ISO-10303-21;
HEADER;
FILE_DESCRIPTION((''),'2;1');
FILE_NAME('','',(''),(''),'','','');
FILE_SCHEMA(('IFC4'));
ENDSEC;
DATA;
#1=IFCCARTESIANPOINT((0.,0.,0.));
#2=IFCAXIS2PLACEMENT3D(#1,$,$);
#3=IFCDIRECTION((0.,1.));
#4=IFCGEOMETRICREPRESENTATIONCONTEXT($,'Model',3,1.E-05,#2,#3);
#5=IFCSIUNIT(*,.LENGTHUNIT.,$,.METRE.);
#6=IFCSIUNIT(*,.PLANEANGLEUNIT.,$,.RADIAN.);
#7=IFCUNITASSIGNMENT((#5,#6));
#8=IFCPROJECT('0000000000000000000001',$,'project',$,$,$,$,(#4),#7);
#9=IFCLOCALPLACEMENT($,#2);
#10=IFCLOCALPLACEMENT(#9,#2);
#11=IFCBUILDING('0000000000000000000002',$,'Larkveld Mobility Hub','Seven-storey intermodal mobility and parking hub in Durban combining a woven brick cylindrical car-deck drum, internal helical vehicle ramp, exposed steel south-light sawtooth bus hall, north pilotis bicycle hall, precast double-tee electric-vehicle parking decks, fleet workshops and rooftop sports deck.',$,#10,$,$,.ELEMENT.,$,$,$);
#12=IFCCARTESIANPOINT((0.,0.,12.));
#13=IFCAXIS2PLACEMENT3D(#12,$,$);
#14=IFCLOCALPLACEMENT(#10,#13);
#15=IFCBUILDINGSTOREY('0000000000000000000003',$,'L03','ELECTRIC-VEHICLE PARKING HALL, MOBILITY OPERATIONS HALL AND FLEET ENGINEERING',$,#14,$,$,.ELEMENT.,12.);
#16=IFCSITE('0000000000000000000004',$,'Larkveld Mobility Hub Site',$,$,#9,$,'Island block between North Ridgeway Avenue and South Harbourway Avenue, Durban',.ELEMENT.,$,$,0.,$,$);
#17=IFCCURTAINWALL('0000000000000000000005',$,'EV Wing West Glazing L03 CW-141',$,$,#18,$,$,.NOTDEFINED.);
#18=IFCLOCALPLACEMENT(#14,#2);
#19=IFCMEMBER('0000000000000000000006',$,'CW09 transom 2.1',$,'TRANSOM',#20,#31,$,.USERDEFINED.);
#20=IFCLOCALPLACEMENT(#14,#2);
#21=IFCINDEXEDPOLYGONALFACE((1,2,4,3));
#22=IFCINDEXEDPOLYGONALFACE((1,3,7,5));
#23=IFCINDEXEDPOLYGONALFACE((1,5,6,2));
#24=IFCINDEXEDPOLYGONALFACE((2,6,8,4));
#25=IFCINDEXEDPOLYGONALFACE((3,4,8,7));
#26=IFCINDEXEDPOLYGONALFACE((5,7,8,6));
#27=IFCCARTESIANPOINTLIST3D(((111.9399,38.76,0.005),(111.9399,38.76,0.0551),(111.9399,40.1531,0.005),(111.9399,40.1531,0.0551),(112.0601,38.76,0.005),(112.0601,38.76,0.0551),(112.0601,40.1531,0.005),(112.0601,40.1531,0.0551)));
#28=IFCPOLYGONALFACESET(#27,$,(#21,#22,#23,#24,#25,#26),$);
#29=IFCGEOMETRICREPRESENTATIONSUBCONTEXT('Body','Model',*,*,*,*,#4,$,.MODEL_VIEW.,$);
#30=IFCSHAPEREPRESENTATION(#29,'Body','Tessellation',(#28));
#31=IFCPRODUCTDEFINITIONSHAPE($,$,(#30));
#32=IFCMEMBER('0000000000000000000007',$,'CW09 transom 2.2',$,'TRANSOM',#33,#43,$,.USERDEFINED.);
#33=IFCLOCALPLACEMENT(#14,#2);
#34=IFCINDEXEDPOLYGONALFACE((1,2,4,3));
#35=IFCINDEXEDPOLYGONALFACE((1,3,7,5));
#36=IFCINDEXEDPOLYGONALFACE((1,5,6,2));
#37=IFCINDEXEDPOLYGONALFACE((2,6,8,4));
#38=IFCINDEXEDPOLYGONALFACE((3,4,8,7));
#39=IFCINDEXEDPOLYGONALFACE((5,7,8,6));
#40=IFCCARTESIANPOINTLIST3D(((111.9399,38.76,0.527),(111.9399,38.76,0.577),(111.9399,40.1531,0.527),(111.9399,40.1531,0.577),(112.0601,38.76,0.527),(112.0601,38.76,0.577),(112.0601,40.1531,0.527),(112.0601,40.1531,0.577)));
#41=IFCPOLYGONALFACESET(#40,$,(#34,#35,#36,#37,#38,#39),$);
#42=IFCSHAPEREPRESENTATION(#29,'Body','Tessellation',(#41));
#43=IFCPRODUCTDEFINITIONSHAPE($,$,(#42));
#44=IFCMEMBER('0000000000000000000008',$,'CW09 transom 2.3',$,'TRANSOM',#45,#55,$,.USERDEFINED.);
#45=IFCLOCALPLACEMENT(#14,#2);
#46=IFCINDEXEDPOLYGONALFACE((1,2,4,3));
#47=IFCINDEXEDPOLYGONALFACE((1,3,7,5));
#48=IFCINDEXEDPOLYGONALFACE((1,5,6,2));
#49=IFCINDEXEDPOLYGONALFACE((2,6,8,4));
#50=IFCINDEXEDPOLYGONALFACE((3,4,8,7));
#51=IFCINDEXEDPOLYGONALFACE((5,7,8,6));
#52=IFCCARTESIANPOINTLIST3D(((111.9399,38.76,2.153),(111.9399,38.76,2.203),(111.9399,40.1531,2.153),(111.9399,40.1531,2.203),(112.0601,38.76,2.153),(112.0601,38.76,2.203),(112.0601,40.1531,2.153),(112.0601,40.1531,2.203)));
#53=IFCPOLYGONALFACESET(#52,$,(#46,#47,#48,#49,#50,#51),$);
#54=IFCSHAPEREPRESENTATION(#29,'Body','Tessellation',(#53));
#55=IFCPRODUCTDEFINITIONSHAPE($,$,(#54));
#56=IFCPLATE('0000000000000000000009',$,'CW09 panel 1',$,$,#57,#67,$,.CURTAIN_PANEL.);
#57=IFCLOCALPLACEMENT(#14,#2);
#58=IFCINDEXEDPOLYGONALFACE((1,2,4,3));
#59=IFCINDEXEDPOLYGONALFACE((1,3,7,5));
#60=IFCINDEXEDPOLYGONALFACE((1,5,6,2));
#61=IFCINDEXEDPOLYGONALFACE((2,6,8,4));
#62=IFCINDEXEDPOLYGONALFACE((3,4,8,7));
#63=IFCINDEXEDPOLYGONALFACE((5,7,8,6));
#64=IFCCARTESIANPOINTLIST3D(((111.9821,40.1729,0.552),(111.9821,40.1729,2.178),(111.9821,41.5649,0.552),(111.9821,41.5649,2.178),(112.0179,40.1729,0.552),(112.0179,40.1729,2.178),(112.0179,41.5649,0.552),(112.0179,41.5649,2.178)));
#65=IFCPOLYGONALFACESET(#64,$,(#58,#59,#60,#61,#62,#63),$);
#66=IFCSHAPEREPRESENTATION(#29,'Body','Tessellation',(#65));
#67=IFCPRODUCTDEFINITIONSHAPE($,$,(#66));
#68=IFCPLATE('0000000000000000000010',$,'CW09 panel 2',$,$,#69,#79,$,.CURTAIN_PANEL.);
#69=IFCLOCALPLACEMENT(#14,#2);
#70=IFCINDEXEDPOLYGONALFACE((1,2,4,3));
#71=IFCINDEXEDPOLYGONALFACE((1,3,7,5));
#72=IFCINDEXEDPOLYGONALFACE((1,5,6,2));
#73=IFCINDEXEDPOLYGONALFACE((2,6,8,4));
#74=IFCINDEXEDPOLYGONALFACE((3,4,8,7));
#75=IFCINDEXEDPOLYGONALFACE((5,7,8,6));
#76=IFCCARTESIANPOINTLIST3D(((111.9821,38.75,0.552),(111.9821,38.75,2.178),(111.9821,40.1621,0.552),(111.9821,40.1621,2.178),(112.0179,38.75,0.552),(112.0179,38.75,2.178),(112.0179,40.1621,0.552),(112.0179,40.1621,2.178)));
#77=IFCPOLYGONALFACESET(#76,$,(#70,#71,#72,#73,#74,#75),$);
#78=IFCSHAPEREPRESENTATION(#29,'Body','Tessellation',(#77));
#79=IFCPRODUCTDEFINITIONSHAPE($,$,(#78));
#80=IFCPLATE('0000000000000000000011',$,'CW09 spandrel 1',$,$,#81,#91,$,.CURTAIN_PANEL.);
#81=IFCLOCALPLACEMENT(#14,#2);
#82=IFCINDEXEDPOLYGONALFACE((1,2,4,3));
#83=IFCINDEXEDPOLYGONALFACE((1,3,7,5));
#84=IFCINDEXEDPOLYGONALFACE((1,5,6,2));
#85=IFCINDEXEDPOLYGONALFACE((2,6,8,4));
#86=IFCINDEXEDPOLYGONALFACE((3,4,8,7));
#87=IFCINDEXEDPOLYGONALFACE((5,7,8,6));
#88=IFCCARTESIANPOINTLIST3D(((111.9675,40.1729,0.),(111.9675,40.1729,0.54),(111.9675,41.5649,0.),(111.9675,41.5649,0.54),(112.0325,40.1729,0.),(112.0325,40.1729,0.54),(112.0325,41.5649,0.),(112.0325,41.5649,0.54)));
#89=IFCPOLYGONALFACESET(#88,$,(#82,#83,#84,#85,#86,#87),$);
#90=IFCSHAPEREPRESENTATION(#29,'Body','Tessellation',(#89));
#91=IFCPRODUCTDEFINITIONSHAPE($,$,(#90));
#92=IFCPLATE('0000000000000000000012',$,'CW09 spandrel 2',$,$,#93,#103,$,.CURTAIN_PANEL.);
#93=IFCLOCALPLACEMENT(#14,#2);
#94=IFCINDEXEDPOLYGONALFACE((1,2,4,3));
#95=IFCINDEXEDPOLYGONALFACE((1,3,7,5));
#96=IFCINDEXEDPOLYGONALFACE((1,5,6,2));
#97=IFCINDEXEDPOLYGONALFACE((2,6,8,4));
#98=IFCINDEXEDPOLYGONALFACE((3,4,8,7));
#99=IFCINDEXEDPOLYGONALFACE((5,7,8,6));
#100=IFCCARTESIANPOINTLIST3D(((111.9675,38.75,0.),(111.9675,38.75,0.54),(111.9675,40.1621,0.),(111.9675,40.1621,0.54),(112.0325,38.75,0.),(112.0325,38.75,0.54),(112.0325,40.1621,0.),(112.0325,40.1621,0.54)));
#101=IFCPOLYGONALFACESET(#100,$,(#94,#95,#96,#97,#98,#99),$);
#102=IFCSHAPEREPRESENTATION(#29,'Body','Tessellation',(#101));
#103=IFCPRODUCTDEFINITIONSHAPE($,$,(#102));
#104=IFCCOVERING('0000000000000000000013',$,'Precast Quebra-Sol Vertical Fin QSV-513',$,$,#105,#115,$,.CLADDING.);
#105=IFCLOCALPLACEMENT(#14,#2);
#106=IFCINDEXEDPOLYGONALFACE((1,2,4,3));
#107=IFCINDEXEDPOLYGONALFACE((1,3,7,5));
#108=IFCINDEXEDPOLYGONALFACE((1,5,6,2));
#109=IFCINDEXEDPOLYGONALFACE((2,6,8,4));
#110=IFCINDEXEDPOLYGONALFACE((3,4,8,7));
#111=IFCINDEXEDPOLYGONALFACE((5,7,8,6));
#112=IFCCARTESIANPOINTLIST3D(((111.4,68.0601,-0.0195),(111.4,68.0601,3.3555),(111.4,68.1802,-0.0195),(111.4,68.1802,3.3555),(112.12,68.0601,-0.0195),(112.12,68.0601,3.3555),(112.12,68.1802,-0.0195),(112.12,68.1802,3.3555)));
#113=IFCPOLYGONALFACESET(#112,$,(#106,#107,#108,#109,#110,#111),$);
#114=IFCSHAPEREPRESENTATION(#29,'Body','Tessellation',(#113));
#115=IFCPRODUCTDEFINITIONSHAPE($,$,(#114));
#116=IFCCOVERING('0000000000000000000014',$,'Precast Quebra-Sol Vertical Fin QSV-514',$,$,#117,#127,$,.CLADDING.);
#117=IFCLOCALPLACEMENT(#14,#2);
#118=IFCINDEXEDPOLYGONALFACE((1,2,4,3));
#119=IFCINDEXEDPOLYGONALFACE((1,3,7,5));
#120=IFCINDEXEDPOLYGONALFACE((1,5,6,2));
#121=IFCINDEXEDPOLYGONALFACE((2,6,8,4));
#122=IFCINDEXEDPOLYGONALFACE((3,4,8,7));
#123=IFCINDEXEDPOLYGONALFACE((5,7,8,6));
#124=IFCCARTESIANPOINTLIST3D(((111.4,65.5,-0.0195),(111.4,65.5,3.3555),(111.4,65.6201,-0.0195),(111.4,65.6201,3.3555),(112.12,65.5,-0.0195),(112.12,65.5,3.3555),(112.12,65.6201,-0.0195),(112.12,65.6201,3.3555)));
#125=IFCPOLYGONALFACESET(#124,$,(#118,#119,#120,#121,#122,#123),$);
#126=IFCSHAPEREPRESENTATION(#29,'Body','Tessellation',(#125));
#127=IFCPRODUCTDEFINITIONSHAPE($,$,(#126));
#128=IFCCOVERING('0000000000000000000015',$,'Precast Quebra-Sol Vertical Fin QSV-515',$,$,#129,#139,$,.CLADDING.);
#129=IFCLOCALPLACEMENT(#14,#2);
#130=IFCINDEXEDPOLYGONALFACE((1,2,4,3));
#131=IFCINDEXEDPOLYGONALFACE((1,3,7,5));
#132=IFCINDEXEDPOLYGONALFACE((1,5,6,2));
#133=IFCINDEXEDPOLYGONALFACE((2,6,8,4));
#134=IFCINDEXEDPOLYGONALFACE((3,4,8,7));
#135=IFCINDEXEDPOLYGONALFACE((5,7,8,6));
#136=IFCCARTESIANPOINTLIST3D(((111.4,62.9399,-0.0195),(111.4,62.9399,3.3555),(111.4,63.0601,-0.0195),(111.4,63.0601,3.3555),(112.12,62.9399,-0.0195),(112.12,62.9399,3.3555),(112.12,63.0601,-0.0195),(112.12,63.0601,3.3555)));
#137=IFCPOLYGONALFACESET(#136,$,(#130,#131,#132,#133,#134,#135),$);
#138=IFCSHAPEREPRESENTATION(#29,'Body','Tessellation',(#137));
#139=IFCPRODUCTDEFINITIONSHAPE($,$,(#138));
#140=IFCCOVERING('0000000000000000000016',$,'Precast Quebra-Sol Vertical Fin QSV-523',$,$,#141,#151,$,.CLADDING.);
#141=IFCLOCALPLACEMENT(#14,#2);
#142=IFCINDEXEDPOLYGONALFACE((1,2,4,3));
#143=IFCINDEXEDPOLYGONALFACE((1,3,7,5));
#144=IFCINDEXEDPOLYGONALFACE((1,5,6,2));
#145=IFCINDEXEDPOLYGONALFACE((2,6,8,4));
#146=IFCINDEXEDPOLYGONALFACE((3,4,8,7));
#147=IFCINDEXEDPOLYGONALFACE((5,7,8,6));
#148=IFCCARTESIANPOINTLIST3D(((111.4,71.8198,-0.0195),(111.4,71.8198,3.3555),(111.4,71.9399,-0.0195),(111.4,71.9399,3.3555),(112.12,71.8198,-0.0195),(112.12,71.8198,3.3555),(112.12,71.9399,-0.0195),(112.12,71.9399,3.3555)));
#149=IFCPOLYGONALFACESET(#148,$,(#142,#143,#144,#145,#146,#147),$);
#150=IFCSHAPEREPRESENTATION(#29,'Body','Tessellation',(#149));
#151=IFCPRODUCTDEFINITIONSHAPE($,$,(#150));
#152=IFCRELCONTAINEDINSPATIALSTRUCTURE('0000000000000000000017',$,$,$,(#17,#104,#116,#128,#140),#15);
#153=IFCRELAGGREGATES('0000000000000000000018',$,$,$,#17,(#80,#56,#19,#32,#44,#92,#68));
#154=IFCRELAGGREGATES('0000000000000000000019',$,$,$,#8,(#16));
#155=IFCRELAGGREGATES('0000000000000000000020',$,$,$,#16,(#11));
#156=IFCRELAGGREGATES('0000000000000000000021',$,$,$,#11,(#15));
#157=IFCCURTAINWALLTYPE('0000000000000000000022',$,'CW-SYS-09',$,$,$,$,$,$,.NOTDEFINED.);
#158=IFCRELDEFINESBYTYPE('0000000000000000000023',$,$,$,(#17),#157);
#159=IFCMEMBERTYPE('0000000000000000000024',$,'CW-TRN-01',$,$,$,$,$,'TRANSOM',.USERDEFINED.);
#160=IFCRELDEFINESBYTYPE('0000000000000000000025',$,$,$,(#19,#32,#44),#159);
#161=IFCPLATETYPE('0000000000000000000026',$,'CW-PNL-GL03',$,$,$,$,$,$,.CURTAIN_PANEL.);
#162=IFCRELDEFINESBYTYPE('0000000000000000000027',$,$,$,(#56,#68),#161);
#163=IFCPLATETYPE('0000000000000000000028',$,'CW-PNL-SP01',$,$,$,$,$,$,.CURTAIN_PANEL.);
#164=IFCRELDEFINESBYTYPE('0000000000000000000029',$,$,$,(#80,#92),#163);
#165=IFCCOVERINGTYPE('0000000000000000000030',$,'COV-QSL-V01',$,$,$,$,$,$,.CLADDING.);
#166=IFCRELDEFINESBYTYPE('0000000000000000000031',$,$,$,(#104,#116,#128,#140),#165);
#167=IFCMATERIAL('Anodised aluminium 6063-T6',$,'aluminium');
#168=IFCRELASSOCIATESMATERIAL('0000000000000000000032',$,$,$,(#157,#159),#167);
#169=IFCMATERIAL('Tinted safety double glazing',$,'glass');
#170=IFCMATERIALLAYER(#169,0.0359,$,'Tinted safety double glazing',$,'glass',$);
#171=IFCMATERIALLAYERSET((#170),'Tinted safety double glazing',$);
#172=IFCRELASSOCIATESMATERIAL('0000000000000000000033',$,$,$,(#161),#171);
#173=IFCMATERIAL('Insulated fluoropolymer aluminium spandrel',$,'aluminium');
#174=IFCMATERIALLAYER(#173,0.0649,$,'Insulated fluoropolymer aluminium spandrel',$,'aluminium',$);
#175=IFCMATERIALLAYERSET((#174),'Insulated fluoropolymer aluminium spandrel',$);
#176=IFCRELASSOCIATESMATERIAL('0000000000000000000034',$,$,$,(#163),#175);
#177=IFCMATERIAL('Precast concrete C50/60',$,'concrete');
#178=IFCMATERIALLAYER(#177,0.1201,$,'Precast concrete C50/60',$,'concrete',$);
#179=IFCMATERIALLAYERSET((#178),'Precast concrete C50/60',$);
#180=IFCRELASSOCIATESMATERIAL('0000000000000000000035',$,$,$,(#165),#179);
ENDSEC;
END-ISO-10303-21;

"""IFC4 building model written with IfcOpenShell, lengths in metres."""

from ifc_helpers import new_model, si_unit, direction, frame, origin, origin_2d, place, context, subcontext, project, spatial, rectangle, extrude, material, layer, layer_set, material_profile, profile_set, type_object, element, aggregate, save


model = new_model("IFC4")

# Units and contexts
model_context = context("Model", 3, precision=1e-05, world=origin(), true_north=direction((0.0, 1.0)))
body_context = subcontext(model_context, "Body", "Model", "MODEL_VIEW")
ifc_project = project(units=[si_unit("LENGTHUNIT", "METRE"), si_unit("PLANEANGLEUNIT", "RADIAN")], contexts=[model_context])

# Site, building, storey
site_placement = place(None, origin())
site = spatial("IfcSite", under=ifc_project, at=site_placement, Name="Larkveld Mobility Hub Site", LongName="Island block between North Ridgeway Avenue and South Harbourway Avenue, Durban", CompositionType="ELEMENT", RefElevation=0.0)
building_placement = place(site_placement, origin())
building = spatial("IfcBuilding", under=site, at=building_placement, Name="Larkveld Mobility Hub", Description="Seven-storey intermodal mobility and parking hub in Durban combining a woven brick cylindrical car-deck drum, internal helical vehicle ramp, exposed steel south-light sawtooth bus hall, north pilotis bicycle hall, precast double-tee electric-vehicle parking decks, fleet workshops and rooftop sports deck.", CompositionType="ELEMENT")
storey_placement = place(building_placement, frame((0.0, 0.0, 12.0)))
storey = spatial("IfcBuildingStorey", under=building, at=storey_placement, Name="L03", Description="ELECTRIC-VEHICLE PARKING HALL, MOBILITY OPERATIONS HALL AND FLEET ENGINEERING", CompositionType="ELEMENT", Elevation=12.0)

# Shared definitions
ifc_material_1 = material(Name="Precast concrete C50/60", Category="concrete")

# Curtain wall, members, plates
ifc_material_2 = material(Name="Anodised aluminium 6063-T6", Category="aluminium")
curtain_wall_type = type_object("IfcCurtainWallType", Name="CW-SYS-09", PredefinedType="NOTDEFINED", material=ifc_material_2)
curtain_wall_placement = place(storey_placement, origin())
curtain_wall = element("IfcCurtainWall", 1, at=curtain_wall_placement, inside=storey, type_object=curtain_wall_type, Name="EV Wing West Glazing L03 CW-141", PredefinedType="NOTDEFINED")
ifc_material_profile_1 = material_profile(ifc_material_2, rectangle(XDim=0.1201, YDim=0.05, at=origin_2d()), Name="ALU TRAN 50x120")
ifc_profile_set_1 = profile_set([ifc_material_profile_1], Name="Anodised aluminium 6063-T6")
member_type_1 = type_object("IfcMemberType", Name="CW-TRN-01", ElementType="TRANSOM", PredefinedType="USERDEFINED", material=ifc_profile_set_1)
member_1_placement = place(storey_placement, frame((112.0, 40.1531, 0.03), z_axis=(0.0, -1.0, 0.0), x_axis=(1.0, 0.0, 0.0)))
member_1 = element("IfcMember", 2, at=member_1_placement, type_object=member_type_1, Name="CW09 transom 2.1", ObjectType="TRANSOM", PredefinedType="USERDEFINED", context=body_context, shape_type="SweptSolid", body=[
    extrude(rectangle(XDim=0.1201, YDim=0.05, at=origin_2d()), origin(), (0.0, 0.0, 1.0), 1.3931),
])
member_2_placement = place(storey_placement, frame((112.0, 40.1531, 0.552), z_axis=(0.0, -1.0, 0.0), x_axis=(1.0, 0.0, 0.0)))
member_2 = element("IfcMember", 3, at=member_2_placement, type_object=member_type_1, Name="CW09 transom 2.2", ObjectType="TRANSOM", PredefinedType="USERDEFINED", context=body_context, shape_type="SweptSolid", body=[
    extrude(rectangle(XDim=0.1201, YDim=0.05, at=origin_2d()), origin(), (0.0, 0.0, 1.0), 1.3931),
])
member_3_placement = place(storey_placement, frame((112.0, 40.1531, 2.178), z_axis=(0.0, -1.0, 0.0), x_axis=(1.0, 0.0, 0.0)))
member_3 = element("IfcMember", 4, at=member_3_placement, type_object=member_type_1, Name="CW09 transom 2.3", ObjectType="TRANSOM", PredefinedType="USERDEFINED", context=body_context, shape_type="SweptSolid", body=[
    extrude(rectangle(XDim=0.1201, YDim=0.05, at=origin_2d()), origin(), (0.0, 0.0, 1.0), 1.3931),
])
ifc_material_3 = material(Name="Tinted safety double glazing", Category="glass")
ifc_layer_1 = layer(ifc_material_3, 0.0359, Name="Tinted safety double glazing", Category="glass")
ifc_layer_set_1 = layer_set([ifc_layer_1], Name="Tinted safety double glazing")
plate_type_1 = type_object("IfcPlateType", Name="CW-PNL-GL03", PredefinedType="CURTAIN_PANEL", material=ifc_layer_set_1)
plate_1_placement = place(storey_placement, frame((112.0, 40.8689, 0.552), z_axis=(0.0, 0.0, 1.0), x_axis=(0.0, -1.0, 0.0)))
plate_1 = element("IfcPlate", 5, at=plate_1_placement, type_object=plate_type_1, Name="CW09 panel 1", PredefinedType="CURTAIN_PANEL", context=body_context, shape_type="SweptSolid", body=[
    extrude(rectangle(XDim=1.3921, YDim=0.0359, at=origin_2d()), origin(), (0.0, 0.0, 1.0), 1.626),
])
plate_2_placement = place(storey_placement, frame((112.0, 39.4561, 0.552), z_axis=(0.0, 0.0, 1.0), x_axis=(0.0, -1.0, 0.0)))
plate_2 = element("IfcPlate", 6, at=plate_2_placement, type_object=plate_type_1, Name="CW09 panel 2", PredefinedType="CURTAIN_PANEL", context=body_context, shape_type="SweptSolid", body=[
    extrude(rectangle(XDim=1.4121, YDim=0.0359, at=origin_2d()), origin(), (0.0, 0.0, 1.0), 1.626),
])
ifc_material_4 = material(Name="Insulated fluoropolymer aluminium spandrel", Category="aluminium")
ifc_layer_2 = layer(ifc_material_4, 0.0649, Name="Insulated fluoropolymer aluminium spandrel", Category="aluminium")
ifc_layer_set_2 = layer_set([ifc_layer_2], Name="Insulated fluoropolymer aluminium spandrel")
plate_type_2 = type_object("IfcPlateType", Name="CW-PNL-SP01", PredefinedType="CURTAIN_PANEL", material=ifc_layer_set_2)
plate_3_placement = place(storey_placement, frame((112.0, 40.8689, 0.0), z_axis=(0.0, 0.0, 1.0), x_axis=(0.0, -1.0, 0.0)))
plate_3 = element("IfcPlate", 7, at=plate_3_placement, type_object=plate_type_2, Name="CW09 spandrel 1", PredefinedType="CURTAIN_PANEL", context=body_context, shape_type="SweptSolid", body=[
    extrude(rectangle(XDim=1.3921, YDim=0.0649, at=origin_2d()), origin(), (0.0, 0.0, 1.0), 0.54),
])
plate_4_placement = place(storey_placement, frame((112.0, 39.4561, 0.0), z_axis=(0.0, 0.0, 1.0), x_axis=(0.0, -1.0, 0.0)))
plate_4 = element("IfcPlate", 8, at=plate_4_placement, type_object=plate_type_2, Name="CW09 spandrel 2", PredefinedType="CURTAIN_PANEL", context=body_context, shape_type="SweptSolid", body=[
    extrude(rectangle(XDim=1.4121, YDim=0.0649, at=origin_2d()), origin(), (0.0, 0.0, 1.0), 0.54),
])
aggregate(curtain_wall, [plate_3, plate_1, member_1, member_2, member_3, plate_4, plate_2])

# Coverings
ifc_layer_3 = layer(ifc_material_1, 0.1201, Name="Precast concrete C50/60", Category="concrete")
ifc_layer_set_3 = layer_set([ifc_layer_3], Name="Precast concrete C50/60")
covering_type = type_object("IfcCoveringType", Name="COV-QSL-V01", PredefinedType="CLADDING", material=ifc_layer_set_3)
for number, where, z_axis, x_axis, name in (
    (9, (111.76, 68.1201, -0.0195), (0.0, 0.0, 1.0), (0.0, -1.0, 0.0), "Precast Quebra-Sol Vertical Fin QSV-513"),
    (10, (111.76, 65.5601, -0.0195), (0.0, 0.0, 1.0), (0.0, -1.0, 0.0), "Precast Quebra-Sol Vertical Fin QSV-514"),
    (11, (111.76, 63.0, -0.0195), (0.0, 0.0, 1.0), (0.0, -1.0, 0.0), "Precast Quebra-Sol Vertical Fin QSV-515"),
    (12, (111.76, 71.8799, -0.0195), (0.0, 0.0, 1.0), (0.0, -1.0, 0.0), "Precast Quebra-Sol Vertical Fin QSV-523"),
):
    element("IfcCovering", number, at=place(storey_placement, frame(where, z_axis=z_axis, x_axis=x_axis)), inside=storey, type_object=covering_type, Name=name, PredefinedType="CLADDING", context=body_context, shape_type="SweptSolid", body=[
        extrude(rectangle(XDim=0.1201, YDim=0.72, at=origin_2d()), origin(), (0.0, 0.0, 1.0), 3.375),
    ])

save(model, "model.ifc")
